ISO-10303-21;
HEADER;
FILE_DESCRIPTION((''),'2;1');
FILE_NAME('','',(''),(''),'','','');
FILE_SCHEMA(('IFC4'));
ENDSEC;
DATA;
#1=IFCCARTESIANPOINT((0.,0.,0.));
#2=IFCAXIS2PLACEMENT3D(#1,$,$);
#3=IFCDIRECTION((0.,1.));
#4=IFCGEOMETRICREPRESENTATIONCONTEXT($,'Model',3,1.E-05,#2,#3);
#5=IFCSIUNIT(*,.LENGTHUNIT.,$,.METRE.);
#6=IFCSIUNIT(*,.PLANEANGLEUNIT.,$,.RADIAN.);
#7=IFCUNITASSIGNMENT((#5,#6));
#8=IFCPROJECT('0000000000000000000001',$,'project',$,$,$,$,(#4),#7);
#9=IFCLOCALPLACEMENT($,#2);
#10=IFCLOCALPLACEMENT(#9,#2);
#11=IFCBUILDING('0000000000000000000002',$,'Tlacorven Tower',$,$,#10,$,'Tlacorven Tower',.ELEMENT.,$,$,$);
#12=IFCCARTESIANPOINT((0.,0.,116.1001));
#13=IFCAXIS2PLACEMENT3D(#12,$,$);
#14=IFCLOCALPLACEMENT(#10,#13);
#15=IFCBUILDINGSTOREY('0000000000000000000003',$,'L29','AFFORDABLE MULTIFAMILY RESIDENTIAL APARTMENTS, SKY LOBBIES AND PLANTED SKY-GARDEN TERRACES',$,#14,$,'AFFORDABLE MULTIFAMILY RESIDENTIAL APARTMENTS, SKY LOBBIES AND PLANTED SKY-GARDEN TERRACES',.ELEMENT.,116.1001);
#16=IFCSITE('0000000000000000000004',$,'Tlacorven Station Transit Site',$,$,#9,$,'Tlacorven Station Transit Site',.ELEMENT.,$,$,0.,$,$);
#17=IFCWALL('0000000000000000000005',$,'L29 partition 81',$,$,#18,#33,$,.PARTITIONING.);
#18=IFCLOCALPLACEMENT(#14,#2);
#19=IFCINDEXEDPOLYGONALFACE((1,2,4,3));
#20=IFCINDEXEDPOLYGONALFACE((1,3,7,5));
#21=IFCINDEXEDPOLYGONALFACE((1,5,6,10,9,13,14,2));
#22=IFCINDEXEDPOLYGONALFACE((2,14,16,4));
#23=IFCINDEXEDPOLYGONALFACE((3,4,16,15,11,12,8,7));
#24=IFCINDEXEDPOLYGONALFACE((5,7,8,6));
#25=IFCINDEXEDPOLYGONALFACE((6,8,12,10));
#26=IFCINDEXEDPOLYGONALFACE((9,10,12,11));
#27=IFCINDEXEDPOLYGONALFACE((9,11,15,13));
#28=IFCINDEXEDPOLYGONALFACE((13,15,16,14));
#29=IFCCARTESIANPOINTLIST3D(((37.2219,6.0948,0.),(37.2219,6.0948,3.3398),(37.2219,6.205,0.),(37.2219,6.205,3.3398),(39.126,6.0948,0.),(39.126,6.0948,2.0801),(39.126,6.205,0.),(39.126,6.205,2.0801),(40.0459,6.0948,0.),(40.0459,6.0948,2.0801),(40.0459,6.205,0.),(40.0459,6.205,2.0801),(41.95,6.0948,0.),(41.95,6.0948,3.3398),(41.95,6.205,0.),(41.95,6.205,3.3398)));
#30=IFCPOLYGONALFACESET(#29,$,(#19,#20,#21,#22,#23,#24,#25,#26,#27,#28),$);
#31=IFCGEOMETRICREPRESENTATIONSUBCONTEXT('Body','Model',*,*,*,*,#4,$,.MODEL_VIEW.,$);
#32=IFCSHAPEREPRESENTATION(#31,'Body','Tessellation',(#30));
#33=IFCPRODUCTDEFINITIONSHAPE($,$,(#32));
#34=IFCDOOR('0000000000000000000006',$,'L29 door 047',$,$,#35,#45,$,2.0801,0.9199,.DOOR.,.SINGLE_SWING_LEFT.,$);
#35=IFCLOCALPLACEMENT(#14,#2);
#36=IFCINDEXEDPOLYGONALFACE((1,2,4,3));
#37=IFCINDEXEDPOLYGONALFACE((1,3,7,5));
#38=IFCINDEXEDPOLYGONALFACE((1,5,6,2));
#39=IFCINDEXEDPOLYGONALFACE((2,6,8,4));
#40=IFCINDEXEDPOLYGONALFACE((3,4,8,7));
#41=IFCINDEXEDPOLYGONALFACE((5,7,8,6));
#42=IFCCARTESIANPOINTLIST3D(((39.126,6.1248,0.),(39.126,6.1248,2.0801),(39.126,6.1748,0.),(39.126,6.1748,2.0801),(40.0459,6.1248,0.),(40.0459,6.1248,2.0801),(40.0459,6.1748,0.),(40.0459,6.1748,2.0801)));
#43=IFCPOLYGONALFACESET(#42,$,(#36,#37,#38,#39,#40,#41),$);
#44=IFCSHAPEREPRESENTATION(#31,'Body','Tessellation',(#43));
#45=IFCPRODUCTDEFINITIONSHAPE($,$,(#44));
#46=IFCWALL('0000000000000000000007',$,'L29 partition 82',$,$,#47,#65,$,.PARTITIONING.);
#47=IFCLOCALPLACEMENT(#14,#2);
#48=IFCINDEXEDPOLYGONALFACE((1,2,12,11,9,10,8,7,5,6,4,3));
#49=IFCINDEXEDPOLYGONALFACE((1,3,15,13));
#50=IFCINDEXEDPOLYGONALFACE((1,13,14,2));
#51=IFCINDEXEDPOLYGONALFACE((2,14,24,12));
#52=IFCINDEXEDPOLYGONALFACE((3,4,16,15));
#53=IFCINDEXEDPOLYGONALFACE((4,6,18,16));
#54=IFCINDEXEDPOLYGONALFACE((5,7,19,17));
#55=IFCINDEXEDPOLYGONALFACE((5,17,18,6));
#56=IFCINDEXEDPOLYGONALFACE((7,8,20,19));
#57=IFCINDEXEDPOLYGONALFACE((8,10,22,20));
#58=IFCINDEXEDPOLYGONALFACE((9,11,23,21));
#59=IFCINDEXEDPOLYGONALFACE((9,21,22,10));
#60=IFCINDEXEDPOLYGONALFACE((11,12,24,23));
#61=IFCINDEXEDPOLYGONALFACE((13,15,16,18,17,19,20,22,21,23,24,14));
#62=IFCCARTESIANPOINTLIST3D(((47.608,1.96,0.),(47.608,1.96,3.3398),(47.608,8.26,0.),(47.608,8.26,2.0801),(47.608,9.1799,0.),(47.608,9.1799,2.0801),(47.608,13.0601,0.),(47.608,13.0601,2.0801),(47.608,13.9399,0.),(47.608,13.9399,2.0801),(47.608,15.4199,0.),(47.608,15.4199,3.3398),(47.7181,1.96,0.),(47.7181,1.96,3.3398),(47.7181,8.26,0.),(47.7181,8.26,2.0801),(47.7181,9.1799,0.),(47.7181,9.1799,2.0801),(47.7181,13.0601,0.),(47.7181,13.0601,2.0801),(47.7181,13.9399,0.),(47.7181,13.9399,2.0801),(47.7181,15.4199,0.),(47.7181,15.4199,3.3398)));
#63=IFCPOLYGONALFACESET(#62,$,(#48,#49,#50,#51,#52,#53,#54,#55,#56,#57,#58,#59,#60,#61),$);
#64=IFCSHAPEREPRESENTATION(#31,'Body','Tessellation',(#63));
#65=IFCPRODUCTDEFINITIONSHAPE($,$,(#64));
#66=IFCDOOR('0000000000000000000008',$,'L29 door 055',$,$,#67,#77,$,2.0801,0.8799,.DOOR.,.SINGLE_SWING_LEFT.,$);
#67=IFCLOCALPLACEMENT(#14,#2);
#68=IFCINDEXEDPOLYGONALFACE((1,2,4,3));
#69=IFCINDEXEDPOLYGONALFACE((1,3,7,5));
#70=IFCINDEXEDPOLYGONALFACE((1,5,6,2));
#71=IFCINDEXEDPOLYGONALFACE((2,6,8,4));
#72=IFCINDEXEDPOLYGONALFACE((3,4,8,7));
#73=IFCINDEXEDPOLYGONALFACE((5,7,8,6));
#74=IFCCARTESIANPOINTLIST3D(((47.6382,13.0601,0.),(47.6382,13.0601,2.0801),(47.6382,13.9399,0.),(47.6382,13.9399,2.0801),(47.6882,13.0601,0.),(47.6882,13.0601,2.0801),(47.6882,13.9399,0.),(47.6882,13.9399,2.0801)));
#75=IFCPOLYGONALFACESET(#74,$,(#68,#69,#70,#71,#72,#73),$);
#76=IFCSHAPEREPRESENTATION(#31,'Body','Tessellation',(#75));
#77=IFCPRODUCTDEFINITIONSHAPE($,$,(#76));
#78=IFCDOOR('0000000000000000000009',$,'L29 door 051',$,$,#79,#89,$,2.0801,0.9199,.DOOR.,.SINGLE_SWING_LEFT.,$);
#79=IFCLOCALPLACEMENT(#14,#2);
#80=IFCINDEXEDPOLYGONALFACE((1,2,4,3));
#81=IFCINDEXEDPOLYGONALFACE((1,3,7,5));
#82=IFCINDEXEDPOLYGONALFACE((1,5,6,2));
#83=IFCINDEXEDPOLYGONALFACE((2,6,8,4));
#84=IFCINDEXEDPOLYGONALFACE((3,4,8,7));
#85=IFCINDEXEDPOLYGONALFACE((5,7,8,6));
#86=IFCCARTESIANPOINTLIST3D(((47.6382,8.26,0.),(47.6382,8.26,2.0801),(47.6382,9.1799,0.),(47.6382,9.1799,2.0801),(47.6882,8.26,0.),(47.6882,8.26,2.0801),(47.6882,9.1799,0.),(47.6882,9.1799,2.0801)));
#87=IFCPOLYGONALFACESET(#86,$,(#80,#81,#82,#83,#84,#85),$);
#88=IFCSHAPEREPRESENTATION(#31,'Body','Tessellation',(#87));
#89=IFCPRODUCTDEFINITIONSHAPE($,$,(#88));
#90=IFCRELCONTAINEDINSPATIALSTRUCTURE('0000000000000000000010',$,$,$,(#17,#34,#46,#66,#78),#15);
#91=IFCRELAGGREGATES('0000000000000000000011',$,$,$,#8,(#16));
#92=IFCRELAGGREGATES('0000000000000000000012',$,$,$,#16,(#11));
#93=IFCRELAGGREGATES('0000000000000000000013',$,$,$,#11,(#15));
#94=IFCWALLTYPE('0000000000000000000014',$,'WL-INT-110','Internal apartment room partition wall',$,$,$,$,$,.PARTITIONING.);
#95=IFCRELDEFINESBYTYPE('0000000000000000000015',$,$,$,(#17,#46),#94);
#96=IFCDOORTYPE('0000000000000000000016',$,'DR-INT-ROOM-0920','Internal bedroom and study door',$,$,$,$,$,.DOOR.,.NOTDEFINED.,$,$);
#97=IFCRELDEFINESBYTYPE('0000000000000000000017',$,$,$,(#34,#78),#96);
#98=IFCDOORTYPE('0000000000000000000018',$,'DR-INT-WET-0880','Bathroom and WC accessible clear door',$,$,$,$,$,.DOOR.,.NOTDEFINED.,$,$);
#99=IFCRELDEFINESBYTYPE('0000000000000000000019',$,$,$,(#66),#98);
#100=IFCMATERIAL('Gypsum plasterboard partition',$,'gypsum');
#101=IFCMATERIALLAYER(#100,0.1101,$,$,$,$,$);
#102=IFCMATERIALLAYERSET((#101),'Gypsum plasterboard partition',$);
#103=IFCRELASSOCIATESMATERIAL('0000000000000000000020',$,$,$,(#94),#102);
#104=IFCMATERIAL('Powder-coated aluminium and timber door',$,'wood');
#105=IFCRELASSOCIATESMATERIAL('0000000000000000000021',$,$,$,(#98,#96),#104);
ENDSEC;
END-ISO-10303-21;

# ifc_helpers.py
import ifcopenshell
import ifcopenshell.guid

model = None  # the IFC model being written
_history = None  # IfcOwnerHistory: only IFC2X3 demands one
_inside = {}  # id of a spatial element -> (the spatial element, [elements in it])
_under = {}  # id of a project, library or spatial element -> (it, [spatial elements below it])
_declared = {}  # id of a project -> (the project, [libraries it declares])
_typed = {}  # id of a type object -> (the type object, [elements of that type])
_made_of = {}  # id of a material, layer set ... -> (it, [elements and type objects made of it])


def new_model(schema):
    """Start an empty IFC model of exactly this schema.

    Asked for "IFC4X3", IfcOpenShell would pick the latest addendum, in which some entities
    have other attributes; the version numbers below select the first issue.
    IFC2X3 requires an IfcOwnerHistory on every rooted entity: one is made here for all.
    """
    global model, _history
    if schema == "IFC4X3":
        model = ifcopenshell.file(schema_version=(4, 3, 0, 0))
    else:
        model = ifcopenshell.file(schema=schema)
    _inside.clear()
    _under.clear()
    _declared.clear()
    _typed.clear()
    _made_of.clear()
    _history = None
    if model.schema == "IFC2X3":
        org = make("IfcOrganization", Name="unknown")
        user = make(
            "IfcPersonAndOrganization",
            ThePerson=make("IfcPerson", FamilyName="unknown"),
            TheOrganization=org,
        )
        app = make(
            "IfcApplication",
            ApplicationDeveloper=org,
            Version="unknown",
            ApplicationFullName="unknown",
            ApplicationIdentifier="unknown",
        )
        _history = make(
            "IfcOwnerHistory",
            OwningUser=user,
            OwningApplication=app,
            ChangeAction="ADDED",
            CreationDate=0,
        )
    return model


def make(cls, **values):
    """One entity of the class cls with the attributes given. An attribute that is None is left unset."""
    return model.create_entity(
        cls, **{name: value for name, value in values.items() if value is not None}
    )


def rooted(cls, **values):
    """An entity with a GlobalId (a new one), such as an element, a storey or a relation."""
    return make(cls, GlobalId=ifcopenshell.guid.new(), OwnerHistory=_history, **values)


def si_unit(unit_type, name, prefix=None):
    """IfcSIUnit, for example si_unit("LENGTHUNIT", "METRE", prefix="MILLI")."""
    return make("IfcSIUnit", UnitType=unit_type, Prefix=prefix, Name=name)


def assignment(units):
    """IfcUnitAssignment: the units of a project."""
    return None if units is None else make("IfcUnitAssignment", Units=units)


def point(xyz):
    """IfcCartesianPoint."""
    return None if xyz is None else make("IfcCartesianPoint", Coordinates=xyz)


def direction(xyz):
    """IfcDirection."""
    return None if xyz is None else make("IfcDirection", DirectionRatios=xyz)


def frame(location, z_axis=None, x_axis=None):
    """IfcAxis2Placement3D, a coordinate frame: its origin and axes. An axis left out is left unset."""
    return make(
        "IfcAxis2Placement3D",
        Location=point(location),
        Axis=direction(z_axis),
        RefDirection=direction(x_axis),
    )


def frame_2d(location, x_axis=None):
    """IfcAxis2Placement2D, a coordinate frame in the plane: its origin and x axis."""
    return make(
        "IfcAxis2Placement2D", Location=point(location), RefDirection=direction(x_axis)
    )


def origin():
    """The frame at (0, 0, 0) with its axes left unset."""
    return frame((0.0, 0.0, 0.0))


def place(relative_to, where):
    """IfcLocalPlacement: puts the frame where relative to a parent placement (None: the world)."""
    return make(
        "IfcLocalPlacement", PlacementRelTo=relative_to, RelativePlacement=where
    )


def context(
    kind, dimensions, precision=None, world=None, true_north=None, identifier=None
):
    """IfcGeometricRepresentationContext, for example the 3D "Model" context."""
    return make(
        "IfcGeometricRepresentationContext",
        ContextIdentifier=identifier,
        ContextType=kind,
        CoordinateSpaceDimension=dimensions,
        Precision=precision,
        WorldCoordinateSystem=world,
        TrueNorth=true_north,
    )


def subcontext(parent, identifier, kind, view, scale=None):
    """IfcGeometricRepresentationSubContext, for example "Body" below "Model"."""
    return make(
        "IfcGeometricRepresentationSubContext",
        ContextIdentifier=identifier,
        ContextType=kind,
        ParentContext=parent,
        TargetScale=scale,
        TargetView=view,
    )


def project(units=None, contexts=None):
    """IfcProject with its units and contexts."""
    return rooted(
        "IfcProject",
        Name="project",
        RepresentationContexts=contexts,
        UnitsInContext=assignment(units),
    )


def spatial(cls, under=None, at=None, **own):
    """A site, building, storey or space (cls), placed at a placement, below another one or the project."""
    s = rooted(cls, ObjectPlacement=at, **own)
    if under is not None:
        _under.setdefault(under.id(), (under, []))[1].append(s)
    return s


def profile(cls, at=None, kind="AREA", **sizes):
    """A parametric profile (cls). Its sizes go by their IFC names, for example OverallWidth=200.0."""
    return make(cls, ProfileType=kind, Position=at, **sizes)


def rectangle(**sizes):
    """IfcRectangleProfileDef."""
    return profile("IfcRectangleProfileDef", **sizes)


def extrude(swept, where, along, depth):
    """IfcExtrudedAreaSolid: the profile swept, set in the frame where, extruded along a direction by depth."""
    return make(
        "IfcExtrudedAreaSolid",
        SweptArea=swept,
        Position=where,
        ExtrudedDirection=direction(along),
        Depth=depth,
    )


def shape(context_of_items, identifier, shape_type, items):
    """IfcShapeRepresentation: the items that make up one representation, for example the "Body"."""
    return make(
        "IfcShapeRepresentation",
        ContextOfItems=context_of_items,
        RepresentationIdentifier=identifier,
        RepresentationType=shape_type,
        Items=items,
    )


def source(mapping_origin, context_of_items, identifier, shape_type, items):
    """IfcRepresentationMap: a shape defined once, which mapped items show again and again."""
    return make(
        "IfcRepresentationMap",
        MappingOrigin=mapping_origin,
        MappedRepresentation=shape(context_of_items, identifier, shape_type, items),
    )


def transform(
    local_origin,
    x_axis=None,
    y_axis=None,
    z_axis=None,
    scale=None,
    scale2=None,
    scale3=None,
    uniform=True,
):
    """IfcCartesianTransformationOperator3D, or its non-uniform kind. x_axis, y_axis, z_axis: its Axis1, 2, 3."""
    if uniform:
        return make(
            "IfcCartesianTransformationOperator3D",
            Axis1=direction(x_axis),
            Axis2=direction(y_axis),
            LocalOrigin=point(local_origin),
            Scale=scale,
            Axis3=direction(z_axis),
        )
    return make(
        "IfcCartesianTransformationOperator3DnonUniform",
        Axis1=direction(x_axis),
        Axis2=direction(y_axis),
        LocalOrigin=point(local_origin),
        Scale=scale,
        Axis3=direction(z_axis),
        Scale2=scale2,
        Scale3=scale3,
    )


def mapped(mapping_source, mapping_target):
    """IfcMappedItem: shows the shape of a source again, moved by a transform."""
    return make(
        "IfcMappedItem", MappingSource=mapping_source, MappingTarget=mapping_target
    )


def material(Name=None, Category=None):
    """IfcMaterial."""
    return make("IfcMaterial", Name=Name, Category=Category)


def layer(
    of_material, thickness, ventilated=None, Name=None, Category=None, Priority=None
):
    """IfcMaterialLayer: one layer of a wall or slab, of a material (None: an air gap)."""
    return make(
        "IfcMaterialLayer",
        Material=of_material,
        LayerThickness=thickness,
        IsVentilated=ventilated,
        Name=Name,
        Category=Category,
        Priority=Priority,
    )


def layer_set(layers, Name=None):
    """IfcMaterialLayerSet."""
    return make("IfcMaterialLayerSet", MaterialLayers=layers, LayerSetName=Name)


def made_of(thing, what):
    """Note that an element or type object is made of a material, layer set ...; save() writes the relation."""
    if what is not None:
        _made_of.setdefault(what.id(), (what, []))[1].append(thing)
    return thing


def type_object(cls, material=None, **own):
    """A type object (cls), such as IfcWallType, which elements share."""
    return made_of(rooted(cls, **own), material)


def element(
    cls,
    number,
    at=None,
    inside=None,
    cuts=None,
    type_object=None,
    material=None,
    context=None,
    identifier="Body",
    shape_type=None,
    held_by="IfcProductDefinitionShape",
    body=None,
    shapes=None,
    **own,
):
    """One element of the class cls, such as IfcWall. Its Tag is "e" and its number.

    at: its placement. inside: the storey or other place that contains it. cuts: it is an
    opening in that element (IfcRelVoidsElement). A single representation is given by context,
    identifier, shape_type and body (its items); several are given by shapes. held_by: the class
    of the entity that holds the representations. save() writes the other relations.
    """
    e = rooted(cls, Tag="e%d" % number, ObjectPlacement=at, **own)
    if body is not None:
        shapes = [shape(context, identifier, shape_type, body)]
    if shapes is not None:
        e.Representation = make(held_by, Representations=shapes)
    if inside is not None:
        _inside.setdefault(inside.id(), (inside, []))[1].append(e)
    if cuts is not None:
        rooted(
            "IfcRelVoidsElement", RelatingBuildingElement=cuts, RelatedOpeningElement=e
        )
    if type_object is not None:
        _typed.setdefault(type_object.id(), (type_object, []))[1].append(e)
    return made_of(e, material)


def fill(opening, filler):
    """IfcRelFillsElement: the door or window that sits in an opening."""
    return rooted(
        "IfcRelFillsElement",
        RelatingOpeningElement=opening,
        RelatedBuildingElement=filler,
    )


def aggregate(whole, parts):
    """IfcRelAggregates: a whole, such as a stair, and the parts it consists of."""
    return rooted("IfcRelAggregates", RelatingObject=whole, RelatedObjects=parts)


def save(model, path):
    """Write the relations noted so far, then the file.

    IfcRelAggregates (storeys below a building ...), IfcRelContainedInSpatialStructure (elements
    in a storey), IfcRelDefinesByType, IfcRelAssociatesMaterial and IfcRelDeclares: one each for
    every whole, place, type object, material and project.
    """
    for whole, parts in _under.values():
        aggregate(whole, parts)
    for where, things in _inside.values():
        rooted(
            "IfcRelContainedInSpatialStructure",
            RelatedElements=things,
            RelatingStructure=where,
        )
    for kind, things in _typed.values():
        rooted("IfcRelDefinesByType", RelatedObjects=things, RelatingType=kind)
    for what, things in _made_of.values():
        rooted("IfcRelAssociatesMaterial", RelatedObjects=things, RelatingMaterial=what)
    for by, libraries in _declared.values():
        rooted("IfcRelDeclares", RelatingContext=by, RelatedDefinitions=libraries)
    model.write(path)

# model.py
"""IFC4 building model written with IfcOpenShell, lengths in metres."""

from ifc_helpers import new_model, si_unit, direction, frame, frame_2d, origin, place, context, subcontext, project, spatial, rectangle, extrude, source, transform, mapped, material, layer, layer_set, type_object, element, fill, save


model = new_model("IFC4")

# Units and contexts
model_context = context("Model", 3, precision=1e-05, world=origin(), true_north=direction((0.0, 1.0)))
body_context = subcontext(model_context, "Body", "Model", "MODEL_VIEW")
ifc_project = project(units=[si_unit("LENGTHUNIT", "METRE"), si_unit("PLANEANGLEUNIT", "RADIAN")], contexts=[model_context])

# Site, building, storey
site_placement = place(None, origin())
site = spatial("IfcSite", under=ifc_project, at=site_placement, Name="Tlacorven Station Transit Site", LongName="Tlacorven Station Transit Site", CompositionType="ELEMENT", RefElevation=0.0)
building_placement = place(site_placement, origin())
building = spatial("IfcBuilding", under=site, at=building_placement, Name="Tlacorven Tower", LongName="Tlacorven Tower", CompositionType="ELEMENT")
storey_placement = place(building_placement, frame((0.0, 0.0, 116.1001)))
storey = spatial("IfcBuildingStorey", under=building, at=storey_placement, Name="L29", Description="AFFORDABLE MULTIFAMILY RESIDENTIAL APARTMENTS, SKY LOBBIES AND PLANTED SKY-GARDEN TERRACES", LongName="AFFORDABLE MULTIFAMILY RESIDENTIAL APARTMENTS, SKY LOBBIES AND PLANTED SKY-GARDEN TERRACES", CompositionType="ELEMENT", Elevation=116.1001)

# Shared definitions
ifc_material_1 = material(Name="Gypsum plasterboard partition", Category="gypsum")
ifc_layer_1 = layer(ifc_material_1, 0.1101)
ifc_layer_set_1 = layer_set([ifc_layer_1], Name="Gypsum plasterboard partition")
wall_type_1 = type_object("IfcWallType", Name="WL-INT-110", Description="Internal apartment room partition wall", PredefinedType="PARTITIONING", material=ifc_layer_set_1)
ifc_material_2 = material(Name="Powder-coated aluminium and timber door", Category="wood")
door_type_1 = type_object("IfcDoorType", Name="DR-INT-WET-0880", Description="Bathroom and WC accessible clear door", OperationType="NOTDEFINED", PredefinedType="DOOR", material=ifc_material_2)
shared_shape_1 = source(origin(), body_context, "Body", "SweptSolid", [
    extrude(rectangle(XDim=0.8799, YDim=2.0801, at=frame_2d((0.4399, 1.04))), frame((0.0, 0.0249, 0.0), z_axis=(0.0, -1.0, 0.0), x_axis=(1.0, 0.0, 0.0)), (0.0, 0.0, 1.0), 0.05),
])
door_type_2 = type_object("IfcDoorType", Name="DR-INT-ROOM-0920", Description="Internal bedroom and study door", OperationType="NOTDEFINED", PredefinedType="DOOR", material=ifc_material_2)
shared_shape_2 = source(origin(), body_context, "Body", "SweptSolid", [
    extrude(rectangle(XDim=0.9199, YDim=2.0801, at=frame_2d((0.46, 1.04))), frame((0.0, 0.0249, 0.0), z_axis=(0.0, -1.0, 0.0), x_axis=(1.0, 0.0, 0.0)), (0.0, 0.0, 1.0), 0.05),
])

# Wall, opening, door
wall_1_placement = place(storey_placement, frame((37.2219, 6.1499, 0.0), z_axis=(0.0, 0.0, 1.0), x_axis=(1.0, 0.0, 0.0)))
wall_1 = element("IfcWall", 1, at=wall_1_placement, inside=storey, type_object=wall_type_1, Name="L29 partition 81", PredefinedType="PARTITIONING", context=body_context, shape_type="SweptSolid", body=[
    extrude(rectangle(XDim=4.728, YDim=0.1101, at=frame_2d((2.364, 0.0))), origin(), (0.0, 0.0, 1.0), 3.3398),
])
opening_1_placement = place(wall_1_placement, frame((1.9041, 0.0, 0.0)))
opening_1 = element("IfcOpeningElement", 2, at=opening_1_placement, cuts=wall_1, PredefinedType="OPENING", context=body_context, shape_type="SweptSolid", body=[
    extrude(rectangle(XDim=0.9199, YDim=2.0801, at=frame_2d((0.46, 1.04))), frame((0.0, 0.0649, 0.0), z_axis=(0.0, -1.0, 0.0), x_axis=(1.0, 0.0, 0.0)), (0.0, 0.0, 1.0), 0.1301),
])
door_1_placement = place(opening_1_placement, origin())
door_1 = element("IfcDoor", 3, at=door_1_placement, inside=storey, type_object=door_type_2, Name="L29 door 047", OperationType="SINGLE_SWING_LEFT", OverallHeight=2.0801, OverallWidth=0.9199, PredefinedType="DOOR", context=body_context, shape_type="MappedRepresentation", body=[
    mapped(shared_shape_2, transform((0.0, 0.0, 0.0), scale=1.0)),
])
fill(opening_1, door_1)

# Wall, openings, doors
wall_2_placement = place(storey_placement, frame((47.6631, 1.96, 0.0), z_axis=(0.0, 0.0, 1.0), x_axis=(0.0, 1.0, 0.0)))
wall_2 = element("IfcWall", 4, at=wall_2_placement, inside=storey, type_object=wall_type_1, Name="L29 partition 82", PredefinedType="PARTITIONING", context=body_context, shape_type="SweptSolid", body=[
    extrude(rectangle(XDim=13.46, YDim=0.1101, at=frame_2d((6.73, 0.0))), origin(), (0.0, 0.0, 1.0), 3.3398),
])
opening_2_placement = place(wall_2_placement, frame((6.3, 0.0, 0.0)))
opening_2 = element("IfcOpeningElement", 5, at=opening_2_placement, cuts=wall_2, PredefinedType="OPENING", context=body_context, shape_type="SweptSolid", body=[
    extrude(rectangle(XDim=0.9199, YDim=2.0801, at=frame_2d((0.46, 1.04))), frame((0.0, 0.0649, 0.0), z_axis=(0.0, -1.0, 0.0), x_axis=(1.0, 0.0, 0.0)), (0.0, 0.0, 1.0), 0.1301),
])
opening_3_placement = place(wall_2_placement, frame((11.1001, 0.0, 0.0)))
opening_3 = element("IfcOpeningElement", 6, at=opening_3_placement, cuts=wall_2, PredefinedType="OPENING", context=body_context, shape_type="SweptSolid", body=[
    extrude(rectangle(XDim=0.8799, YDim=2.0801, at=frame_2d((0.4399, 1.04))), frame((0.0, 0.0649, 0.0), z_axis=(0.0, -1.0, 0.0), x_axis=(1.0, 0.0, 0.0)), (0.0, 0.0, 1.0), 0.1301),
])
door_2_placement = place(opening_3_placement, origin())
door_2 = element("IfcDoor", 7, at=door_2_placement, inside=storey, type_object=door_type_1, Name="L29 door 055", OperationType="SINGLE_SWING_LEFT", OverallHeight=2.0801, OverallWidth=0.8799, PredefinedType="DOOR", context=body_context, shape_type="MappedRepresentation", body=[
    mapped(shared_shape_1, transform((0.0, 0.0, 0.0), scale=1.0)),
])
fill(opening_3, door_2)
door_3_placement = place(opening_2_placement, origin())
door_3 = element("IfcDoor", 8, at=door_3_placement, inside=storey, type_object=door_type_2, Name="L29 door 051", OperationType="SINGLE_SWING_LEFT", OverallHeight=2.0801, OverallWidth=0.9199, PredefinedType="DOOR", context=body_context, shape_type="MappedRepresentation", body=[
    mapped(shared_shape_2, transform((0.0, 0.0, 0.0), scale=1.0)),
])
fill(opening_2, door_3)

save(model, "model.ifc")
